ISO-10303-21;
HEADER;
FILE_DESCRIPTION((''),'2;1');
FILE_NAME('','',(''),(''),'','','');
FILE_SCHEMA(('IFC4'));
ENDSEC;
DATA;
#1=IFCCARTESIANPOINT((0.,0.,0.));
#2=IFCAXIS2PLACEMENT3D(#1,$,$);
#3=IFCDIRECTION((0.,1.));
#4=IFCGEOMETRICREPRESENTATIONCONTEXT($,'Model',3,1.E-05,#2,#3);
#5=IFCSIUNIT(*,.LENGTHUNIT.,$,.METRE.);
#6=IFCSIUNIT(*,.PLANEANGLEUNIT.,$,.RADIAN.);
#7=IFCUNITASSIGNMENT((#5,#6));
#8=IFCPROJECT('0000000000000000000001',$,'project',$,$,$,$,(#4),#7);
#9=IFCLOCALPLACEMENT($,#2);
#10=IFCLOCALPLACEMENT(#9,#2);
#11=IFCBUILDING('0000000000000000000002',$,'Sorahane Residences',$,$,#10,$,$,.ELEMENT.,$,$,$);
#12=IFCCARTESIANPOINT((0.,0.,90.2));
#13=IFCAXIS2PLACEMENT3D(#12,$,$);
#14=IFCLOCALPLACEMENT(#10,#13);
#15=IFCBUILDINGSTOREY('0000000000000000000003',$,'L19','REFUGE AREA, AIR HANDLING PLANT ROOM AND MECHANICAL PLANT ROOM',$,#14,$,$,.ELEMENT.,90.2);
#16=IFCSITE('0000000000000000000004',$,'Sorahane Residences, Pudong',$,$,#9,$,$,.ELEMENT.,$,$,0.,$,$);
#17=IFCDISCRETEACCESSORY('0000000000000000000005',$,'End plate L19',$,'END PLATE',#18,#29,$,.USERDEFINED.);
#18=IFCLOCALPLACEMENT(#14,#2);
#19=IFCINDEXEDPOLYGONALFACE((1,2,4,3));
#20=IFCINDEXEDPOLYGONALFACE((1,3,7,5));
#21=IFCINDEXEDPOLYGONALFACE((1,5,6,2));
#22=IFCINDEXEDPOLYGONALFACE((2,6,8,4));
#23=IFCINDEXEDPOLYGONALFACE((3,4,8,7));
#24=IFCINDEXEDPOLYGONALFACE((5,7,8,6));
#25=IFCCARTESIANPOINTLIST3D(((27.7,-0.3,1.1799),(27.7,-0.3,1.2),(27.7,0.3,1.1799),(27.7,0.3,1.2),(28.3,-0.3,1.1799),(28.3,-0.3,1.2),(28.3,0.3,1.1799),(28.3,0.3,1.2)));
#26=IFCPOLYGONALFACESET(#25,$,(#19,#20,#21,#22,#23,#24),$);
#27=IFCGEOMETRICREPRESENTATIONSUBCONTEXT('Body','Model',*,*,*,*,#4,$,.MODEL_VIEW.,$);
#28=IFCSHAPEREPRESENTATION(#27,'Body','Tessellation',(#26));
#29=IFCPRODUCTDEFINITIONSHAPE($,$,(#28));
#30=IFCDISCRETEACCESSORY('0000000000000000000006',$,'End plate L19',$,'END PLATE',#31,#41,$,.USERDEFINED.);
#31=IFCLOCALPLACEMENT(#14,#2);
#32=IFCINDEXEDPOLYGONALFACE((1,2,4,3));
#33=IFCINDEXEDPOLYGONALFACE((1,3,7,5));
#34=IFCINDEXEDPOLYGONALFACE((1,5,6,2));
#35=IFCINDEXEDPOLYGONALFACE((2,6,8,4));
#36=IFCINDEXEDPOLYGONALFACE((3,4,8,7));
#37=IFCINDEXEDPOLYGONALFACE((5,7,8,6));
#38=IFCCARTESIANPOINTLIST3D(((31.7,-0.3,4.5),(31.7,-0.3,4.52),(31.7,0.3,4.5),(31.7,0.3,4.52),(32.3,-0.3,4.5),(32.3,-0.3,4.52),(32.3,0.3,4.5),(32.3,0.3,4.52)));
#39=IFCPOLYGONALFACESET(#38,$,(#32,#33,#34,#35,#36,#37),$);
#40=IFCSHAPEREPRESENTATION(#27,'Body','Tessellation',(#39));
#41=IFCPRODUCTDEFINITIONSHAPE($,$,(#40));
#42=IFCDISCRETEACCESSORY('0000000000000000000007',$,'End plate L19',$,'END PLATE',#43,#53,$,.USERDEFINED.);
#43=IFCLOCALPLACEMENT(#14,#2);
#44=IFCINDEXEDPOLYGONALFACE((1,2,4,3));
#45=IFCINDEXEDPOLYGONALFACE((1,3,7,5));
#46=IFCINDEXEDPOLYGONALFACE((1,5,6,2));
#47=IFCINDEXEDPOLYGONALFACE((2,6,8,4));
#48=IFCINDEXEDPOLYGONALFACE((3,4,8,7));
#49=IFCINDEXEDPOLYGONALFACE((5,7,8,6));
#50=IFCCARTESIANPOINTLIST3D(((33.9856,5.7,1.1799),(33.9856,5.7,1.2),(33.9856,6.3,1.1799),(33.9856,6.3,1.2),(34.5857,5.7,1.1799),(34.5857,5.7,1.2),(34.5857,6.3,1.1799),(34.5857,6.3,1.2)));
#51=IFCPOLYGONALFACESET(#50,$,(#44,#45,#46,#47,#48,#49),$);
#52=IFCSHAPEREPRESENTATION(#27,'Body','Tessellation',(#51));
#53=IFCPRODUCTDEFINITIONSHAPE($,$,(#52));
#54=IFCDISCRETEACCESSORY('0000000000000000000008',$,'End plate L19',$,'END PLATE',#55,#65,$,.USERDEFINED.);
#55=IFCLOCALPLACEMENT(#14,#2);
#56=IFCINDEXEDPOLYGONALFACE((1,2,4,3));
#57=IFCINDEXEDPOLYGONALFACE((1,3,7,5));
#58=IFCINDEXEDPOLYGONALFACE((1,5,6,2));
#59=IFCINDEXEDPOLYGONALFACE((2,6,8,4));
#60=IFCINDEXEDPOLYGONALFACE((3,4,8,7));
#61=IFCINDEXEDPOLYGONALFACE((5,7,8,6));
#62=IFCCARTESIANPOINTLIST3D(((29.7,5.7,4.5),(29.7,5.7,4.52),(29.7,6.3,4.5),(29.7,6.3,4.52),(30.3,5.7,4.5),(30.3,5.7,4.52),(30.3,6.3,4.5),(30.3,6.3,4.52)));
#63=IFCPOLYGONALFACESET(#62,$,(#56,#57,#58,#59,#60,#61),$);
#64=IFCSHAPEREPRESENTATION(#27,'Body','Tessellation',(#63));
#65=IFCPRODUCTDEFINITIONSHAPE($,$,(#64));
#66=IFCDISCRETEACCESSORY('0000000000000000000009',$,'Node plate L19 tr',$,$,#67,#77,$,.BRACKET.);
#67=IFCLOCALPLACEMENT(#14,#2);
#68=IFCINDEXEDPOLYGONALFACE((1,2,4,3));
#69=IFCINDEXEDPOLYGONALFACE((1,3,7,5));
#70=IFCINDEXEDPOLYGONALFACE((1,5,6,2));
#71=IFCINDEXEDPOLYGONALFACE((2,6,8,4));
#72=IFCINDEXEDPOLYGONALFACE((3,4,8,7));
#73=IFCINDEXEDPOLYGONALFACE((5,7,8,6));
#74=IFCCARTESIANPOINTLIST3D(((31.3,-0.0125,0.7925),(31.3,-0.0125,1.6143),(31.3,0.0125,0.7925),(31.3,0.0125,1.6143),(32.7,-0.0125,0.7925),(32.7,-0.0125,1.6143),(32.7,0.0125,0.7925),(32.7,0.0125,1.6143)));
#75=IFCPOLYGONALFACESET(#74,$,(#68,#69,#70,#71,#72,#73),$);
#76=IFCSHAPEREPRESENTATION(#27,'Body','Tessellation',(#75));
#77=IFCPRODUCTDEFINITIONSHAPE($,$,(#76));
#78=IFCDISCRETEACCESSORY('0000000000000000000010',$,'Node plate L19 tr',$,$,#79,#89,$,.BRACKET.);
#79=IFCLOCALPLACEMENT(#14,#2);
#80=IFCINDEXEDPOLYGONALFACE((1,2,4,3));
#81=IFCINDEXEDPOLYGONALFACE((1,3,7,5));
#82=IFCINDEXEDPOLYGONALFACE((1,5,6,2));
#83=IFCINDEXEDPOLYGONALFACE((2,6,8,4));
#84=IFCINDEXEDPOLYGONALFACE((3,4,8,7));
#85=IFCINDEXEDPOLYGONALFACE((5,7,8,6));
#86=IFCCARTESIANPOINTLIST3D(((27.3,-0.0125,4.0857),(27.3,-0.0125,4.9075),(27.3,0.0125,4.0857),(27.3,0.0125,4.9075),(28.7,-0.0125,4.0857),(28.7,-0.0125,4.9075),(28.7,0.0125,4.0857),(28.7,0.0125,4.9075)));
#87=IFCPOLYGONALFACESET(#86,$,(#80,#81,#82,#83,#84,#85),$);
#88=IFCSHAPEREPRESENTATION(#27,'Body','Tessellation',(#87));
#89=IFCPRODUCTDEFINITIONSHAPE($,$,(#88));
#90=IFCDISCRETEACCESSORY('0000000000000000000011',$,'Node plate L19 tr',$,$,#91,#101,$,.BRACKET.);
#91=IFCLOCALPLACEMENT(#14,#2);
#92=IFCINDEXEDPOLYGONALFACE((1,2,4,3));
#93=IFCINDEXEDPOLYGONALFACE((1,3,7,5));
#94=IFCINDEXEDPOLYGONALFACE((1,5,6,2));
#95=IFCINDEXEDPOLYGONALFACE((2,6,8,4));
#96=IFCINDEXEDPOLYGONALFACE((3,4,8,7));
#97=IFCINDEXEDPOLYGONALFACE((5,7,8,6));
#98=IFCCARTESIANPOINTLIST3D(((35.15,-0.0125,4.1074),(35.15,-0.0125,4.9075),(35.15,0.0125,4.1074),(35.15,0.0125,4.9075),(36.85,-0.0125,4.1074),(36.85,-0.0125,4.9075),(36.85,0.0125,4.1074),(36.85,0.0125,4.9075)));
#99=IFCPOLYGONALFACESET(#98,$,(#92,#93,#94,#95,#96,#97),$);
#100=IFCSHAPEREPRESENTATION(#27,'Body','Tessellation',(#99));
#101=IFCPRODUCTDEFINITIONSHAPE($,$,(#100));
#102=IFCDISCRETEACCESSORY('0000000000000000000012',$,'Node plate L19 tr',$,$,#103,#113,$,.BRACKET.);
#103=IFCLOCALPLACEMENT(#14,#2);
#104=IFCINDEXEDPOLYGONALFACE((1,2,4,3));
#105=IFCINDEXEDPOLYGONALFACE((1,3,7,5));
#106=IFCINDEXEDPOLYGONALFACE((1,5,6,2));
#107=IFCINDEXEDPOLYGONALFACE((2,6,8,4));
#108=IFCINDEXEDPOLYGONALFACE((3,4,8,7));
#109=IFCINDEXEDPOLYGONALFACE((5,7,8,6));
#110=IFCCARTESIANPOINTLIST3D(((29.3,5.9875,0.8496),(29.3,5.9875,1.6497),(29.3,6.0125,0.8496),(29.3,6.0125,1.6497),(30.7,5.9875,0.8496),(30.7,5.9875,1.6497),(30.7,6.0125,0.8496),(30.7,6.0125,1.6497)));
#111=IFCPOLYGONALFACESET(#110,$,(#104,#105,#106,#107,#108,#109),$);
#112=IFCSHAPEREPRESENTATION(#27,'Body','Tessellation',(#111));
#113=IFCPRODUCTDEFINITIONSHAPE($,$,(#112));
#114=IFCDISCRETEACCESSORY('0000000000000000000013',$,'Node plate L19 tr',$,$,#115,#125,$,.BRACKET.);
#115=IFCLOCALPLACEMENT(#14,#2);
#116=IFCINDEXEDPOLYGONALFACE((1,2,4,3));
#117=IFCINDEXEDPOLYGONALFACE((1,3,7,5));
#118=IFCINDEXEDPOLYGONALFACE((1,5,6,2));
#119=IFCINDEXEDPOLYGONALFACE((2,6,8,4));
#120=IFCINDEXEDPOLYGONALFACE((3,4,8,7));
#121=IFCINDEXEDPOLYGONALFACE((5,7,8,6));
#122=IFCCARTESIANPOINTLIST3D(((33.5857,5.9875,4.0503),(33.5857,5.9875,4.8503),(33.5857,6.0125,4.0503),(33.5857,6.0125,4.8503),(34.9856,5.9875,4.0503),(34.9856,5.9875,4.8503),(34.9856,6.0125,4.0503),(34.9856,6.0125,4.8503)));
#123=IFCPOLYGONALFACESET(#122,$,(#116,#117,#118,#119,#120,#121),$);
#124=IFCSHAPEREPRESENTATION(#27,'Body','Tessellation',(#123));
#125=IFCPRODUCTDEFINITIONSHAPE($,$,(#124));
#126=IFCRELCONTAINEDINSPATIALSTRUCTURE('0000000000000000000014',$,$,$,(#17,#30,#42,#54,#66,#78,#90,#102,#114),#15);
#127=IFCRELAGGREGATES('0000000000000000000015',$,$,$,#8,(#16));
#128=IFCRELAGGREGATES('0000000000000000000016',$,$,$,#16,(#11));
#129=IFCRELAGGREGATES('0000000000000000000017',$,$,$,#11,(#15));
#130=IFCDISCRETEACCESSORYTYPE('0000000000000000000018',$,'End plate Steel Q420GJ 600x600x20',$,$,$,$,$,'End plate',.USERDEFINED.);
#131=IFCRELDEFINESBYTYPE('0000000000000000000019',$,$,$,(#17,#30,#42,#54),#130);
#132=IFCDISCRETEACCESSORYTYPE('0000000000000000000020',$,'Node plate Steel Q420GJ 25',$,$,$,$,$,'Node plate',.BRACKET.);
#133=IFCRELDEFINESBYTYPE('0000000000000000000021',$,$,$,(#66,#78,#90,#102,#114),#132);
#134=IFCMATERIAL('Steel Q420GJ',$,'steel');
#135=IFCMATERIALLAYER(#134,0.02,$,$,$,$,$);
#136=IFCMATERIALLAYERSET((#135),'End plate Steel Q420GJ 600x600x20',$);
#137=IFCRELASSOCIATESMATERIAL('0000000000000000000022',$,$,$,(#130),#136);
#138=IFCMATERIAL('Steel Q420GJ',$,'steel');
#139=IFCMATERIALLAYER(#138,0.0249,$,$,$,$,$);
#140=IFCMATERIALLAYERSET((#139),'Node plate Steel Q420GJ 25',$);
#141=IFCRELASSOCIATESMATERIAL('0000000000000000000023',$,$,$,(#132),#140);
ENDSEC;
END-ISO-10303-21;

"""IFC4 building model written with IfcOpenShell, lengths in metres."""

from ifc_helpers import new_model, si_unit, direction, frame, origin, origin_2d, place, context, subcontext, project, spatial, rectangle, extrude, material, layer, layer_set, type_object, element, save


model = new_model("IFC4")

# Units and contexts
model_context = context("Model", 3, precision=1e-05, world=origin(), true_north=direction((0.0, 1.0)))
body_context = subcontext(model_context, "Body", "Model", "MODEL_VIEW")
ifc_project = project(units=[si_unit("LENGTHUNIT", "METRE"), si_unit("PLANEANGLEUNIT", "RADIAN")], contexts=[model_context])

# Site, building, storey
site_placement = place(None, origin())
site = spatial("IfcSite", under=ifc_project, at=site_placement, Name="Sorahane Residences, Pudong", CompositionType="ELEMENT", RefElevation=0.0)
building_placement = place(site_placement, origin())
building = spatial("IfcBuilding", under=site, at=building_placement, Name="Sorahane Residences", CompositionType="ELEMENT")
storey_placement = place(building_placement, frame((0.0, 0.0, 90.2)))
storey = spatial("IfcBuildingStorey", under=building, at=storey_placement, Name="L19", Description="REFUGE AREA, AIR HANDLING PLANT ROOM AND MECHANICAL PLANT ROOM", CompositionType="ELEMENT", Elevation=90.2)

# Discrete accessories
ifc_material_1 = material(Name="Steel Q420GJ", Category="steel")
ifc_layer_1 = layer(ifc_material_1, 0.02)
ifc_layer_set_1 = layer_set([ifc_layer_1], Name="End plate Steel Q420GJ 600x600x20")
discrete_accessory_type_1 = type_object("IfcDiscreteAccessoryType", Name="End plate Steel Q420GJ 600x600x20", ElementType="End plate", PredefinedType="USERDEFINED", material=ifc_layer_set_1)
for number, where, z_axis, x_axis, name in (
    (1, (28.0, 0.0, 1.1799), (0.0, 0.0, 1.0), (1.0, 0.0, 0.0), "End plate L19"),
    (2, (32.0, 0.0, 4.5), (0.0, 0.0, 1.0), (1.0, 0.0, 0.0), "End plate L19"),
    (3, (34.2856, 6.0, 1.1799), (0.0, 0.0, 1.0), (1.0, 0.0, 0.0), "End plate L19"),
    (4, (30.0, 6.0, 4.5), (0.0, 0.0, 1.0), (1.0, 0.0, 0.0), "End plate L19"),
):
    element("IfcDiscreteAccessory", number, at=place(storey_placement, frame(where, z_axis=z_axis, x_axis=x_axis)), inside=storey, type_object=discrete_accessory_type_1, Name=name, ObjectType="END PLATE", PredefinedType="USERDEFINED", context=body_context, shape_type="SweptSolid", body=[
        extrude(rectangle(XDim=0.6001, YDim=0.6001, at=origin_2d()), origin(), (0.0, 0.0, 1.0), 0.02),
    ])
ifc_material_2 = material(Name="Steel Q420GJ", Category="steel")
ifc_layer_2 = layer(ifc_material_2, 0.0249)
ifc_layer_set_2 = layer_set([ifc_layer_2], Name="Node plate Steel Q420GJ 25")
discrete_accessory_type_2 = type_object("IfcDiscreteAccessoryType", Name="Node plate Steel Q420GJ 25", ElementType="Node plate", PredefinedType="BRACKET", material=ifc_layer_set_2)
for number, where, z_axis, x_axis, name in (
    (5, (32.0, 0.0, 0.7925), (0.0, 0.0, 1.0), (1.0, 0.0, 0.0), "Node plate L19 tr"),
    (6, (28.0, 0.0, 4.0857), (0.0, 0.0, 1.0), (1.0, 0.0, 0.0), "Node plate L19 tr"),
):
    element("IfcDiscreteAccessory", number, at=place(storey_placement, frame(where, z_axis=z_axis, x_axis=x_axis)), inside=storey, type_object=discrete_accessory_type_2, Name=name, PredefinedType="BRACKET", context=body_context, shape_type="SweptSolid", body=[
        extrude(rectangle(XDim=1.3999, YDim=0.0249, at=origin_2d()), origin(), (0.0, 0.0, 1.0), 0.8218),
    ])
discrete_accessory_placement = place(storey_placement, frame((36.0, 0.0, 4.1074), z_axis=(0.0, 0.0, 1.0), x_axis=(1.0, 0.0, 0.0)))
element("IfcDiscreteAccessory", 7, at=discrete_accessory_placement, inside=storey, type_object=discrete_accessory_type_2, Name="Node plate L19 tr", PredefinedType="BRACKET", context=body_context, shape_type="SweptSolid", body=[
    extrude(rectangle(XDim=1.7, YDim=0.0249, at=origin_2d()), origin(), (0.0, 0.0, 1.0), 0.8),
])
for number, where, z_axis, x_axis, name in (
    (8, (30.0, 6.0, 0.8496), (0.0, 0.0, 1.0), (1.0, 0.0, 0.0), "Node plate L19 tr"),
    (9, (34.2856, 6.0, 4.0503), (0.0, 0.0, 1.0), (1.0, 0.0, 0.0), "Node plate L19 tr"),
):
    element("IfcDiscreteAccessory", number, at=place(storey_placement, frame(where, z_axis=z_axis, x_axis=x_axis)), inside=storey, type_object=discrete_accessory_type_2, Name=name, PredefinedType="BRACKET", context=body_context, shape_type="SweptSolid", body=[
        extrude(rectangle(XDim=1.3999, YDim=0.0249, at=origin_2d()), origin(), (0.0, 0.0, 1.0), 0.8),
    ])

save(model, "model.ifc")
